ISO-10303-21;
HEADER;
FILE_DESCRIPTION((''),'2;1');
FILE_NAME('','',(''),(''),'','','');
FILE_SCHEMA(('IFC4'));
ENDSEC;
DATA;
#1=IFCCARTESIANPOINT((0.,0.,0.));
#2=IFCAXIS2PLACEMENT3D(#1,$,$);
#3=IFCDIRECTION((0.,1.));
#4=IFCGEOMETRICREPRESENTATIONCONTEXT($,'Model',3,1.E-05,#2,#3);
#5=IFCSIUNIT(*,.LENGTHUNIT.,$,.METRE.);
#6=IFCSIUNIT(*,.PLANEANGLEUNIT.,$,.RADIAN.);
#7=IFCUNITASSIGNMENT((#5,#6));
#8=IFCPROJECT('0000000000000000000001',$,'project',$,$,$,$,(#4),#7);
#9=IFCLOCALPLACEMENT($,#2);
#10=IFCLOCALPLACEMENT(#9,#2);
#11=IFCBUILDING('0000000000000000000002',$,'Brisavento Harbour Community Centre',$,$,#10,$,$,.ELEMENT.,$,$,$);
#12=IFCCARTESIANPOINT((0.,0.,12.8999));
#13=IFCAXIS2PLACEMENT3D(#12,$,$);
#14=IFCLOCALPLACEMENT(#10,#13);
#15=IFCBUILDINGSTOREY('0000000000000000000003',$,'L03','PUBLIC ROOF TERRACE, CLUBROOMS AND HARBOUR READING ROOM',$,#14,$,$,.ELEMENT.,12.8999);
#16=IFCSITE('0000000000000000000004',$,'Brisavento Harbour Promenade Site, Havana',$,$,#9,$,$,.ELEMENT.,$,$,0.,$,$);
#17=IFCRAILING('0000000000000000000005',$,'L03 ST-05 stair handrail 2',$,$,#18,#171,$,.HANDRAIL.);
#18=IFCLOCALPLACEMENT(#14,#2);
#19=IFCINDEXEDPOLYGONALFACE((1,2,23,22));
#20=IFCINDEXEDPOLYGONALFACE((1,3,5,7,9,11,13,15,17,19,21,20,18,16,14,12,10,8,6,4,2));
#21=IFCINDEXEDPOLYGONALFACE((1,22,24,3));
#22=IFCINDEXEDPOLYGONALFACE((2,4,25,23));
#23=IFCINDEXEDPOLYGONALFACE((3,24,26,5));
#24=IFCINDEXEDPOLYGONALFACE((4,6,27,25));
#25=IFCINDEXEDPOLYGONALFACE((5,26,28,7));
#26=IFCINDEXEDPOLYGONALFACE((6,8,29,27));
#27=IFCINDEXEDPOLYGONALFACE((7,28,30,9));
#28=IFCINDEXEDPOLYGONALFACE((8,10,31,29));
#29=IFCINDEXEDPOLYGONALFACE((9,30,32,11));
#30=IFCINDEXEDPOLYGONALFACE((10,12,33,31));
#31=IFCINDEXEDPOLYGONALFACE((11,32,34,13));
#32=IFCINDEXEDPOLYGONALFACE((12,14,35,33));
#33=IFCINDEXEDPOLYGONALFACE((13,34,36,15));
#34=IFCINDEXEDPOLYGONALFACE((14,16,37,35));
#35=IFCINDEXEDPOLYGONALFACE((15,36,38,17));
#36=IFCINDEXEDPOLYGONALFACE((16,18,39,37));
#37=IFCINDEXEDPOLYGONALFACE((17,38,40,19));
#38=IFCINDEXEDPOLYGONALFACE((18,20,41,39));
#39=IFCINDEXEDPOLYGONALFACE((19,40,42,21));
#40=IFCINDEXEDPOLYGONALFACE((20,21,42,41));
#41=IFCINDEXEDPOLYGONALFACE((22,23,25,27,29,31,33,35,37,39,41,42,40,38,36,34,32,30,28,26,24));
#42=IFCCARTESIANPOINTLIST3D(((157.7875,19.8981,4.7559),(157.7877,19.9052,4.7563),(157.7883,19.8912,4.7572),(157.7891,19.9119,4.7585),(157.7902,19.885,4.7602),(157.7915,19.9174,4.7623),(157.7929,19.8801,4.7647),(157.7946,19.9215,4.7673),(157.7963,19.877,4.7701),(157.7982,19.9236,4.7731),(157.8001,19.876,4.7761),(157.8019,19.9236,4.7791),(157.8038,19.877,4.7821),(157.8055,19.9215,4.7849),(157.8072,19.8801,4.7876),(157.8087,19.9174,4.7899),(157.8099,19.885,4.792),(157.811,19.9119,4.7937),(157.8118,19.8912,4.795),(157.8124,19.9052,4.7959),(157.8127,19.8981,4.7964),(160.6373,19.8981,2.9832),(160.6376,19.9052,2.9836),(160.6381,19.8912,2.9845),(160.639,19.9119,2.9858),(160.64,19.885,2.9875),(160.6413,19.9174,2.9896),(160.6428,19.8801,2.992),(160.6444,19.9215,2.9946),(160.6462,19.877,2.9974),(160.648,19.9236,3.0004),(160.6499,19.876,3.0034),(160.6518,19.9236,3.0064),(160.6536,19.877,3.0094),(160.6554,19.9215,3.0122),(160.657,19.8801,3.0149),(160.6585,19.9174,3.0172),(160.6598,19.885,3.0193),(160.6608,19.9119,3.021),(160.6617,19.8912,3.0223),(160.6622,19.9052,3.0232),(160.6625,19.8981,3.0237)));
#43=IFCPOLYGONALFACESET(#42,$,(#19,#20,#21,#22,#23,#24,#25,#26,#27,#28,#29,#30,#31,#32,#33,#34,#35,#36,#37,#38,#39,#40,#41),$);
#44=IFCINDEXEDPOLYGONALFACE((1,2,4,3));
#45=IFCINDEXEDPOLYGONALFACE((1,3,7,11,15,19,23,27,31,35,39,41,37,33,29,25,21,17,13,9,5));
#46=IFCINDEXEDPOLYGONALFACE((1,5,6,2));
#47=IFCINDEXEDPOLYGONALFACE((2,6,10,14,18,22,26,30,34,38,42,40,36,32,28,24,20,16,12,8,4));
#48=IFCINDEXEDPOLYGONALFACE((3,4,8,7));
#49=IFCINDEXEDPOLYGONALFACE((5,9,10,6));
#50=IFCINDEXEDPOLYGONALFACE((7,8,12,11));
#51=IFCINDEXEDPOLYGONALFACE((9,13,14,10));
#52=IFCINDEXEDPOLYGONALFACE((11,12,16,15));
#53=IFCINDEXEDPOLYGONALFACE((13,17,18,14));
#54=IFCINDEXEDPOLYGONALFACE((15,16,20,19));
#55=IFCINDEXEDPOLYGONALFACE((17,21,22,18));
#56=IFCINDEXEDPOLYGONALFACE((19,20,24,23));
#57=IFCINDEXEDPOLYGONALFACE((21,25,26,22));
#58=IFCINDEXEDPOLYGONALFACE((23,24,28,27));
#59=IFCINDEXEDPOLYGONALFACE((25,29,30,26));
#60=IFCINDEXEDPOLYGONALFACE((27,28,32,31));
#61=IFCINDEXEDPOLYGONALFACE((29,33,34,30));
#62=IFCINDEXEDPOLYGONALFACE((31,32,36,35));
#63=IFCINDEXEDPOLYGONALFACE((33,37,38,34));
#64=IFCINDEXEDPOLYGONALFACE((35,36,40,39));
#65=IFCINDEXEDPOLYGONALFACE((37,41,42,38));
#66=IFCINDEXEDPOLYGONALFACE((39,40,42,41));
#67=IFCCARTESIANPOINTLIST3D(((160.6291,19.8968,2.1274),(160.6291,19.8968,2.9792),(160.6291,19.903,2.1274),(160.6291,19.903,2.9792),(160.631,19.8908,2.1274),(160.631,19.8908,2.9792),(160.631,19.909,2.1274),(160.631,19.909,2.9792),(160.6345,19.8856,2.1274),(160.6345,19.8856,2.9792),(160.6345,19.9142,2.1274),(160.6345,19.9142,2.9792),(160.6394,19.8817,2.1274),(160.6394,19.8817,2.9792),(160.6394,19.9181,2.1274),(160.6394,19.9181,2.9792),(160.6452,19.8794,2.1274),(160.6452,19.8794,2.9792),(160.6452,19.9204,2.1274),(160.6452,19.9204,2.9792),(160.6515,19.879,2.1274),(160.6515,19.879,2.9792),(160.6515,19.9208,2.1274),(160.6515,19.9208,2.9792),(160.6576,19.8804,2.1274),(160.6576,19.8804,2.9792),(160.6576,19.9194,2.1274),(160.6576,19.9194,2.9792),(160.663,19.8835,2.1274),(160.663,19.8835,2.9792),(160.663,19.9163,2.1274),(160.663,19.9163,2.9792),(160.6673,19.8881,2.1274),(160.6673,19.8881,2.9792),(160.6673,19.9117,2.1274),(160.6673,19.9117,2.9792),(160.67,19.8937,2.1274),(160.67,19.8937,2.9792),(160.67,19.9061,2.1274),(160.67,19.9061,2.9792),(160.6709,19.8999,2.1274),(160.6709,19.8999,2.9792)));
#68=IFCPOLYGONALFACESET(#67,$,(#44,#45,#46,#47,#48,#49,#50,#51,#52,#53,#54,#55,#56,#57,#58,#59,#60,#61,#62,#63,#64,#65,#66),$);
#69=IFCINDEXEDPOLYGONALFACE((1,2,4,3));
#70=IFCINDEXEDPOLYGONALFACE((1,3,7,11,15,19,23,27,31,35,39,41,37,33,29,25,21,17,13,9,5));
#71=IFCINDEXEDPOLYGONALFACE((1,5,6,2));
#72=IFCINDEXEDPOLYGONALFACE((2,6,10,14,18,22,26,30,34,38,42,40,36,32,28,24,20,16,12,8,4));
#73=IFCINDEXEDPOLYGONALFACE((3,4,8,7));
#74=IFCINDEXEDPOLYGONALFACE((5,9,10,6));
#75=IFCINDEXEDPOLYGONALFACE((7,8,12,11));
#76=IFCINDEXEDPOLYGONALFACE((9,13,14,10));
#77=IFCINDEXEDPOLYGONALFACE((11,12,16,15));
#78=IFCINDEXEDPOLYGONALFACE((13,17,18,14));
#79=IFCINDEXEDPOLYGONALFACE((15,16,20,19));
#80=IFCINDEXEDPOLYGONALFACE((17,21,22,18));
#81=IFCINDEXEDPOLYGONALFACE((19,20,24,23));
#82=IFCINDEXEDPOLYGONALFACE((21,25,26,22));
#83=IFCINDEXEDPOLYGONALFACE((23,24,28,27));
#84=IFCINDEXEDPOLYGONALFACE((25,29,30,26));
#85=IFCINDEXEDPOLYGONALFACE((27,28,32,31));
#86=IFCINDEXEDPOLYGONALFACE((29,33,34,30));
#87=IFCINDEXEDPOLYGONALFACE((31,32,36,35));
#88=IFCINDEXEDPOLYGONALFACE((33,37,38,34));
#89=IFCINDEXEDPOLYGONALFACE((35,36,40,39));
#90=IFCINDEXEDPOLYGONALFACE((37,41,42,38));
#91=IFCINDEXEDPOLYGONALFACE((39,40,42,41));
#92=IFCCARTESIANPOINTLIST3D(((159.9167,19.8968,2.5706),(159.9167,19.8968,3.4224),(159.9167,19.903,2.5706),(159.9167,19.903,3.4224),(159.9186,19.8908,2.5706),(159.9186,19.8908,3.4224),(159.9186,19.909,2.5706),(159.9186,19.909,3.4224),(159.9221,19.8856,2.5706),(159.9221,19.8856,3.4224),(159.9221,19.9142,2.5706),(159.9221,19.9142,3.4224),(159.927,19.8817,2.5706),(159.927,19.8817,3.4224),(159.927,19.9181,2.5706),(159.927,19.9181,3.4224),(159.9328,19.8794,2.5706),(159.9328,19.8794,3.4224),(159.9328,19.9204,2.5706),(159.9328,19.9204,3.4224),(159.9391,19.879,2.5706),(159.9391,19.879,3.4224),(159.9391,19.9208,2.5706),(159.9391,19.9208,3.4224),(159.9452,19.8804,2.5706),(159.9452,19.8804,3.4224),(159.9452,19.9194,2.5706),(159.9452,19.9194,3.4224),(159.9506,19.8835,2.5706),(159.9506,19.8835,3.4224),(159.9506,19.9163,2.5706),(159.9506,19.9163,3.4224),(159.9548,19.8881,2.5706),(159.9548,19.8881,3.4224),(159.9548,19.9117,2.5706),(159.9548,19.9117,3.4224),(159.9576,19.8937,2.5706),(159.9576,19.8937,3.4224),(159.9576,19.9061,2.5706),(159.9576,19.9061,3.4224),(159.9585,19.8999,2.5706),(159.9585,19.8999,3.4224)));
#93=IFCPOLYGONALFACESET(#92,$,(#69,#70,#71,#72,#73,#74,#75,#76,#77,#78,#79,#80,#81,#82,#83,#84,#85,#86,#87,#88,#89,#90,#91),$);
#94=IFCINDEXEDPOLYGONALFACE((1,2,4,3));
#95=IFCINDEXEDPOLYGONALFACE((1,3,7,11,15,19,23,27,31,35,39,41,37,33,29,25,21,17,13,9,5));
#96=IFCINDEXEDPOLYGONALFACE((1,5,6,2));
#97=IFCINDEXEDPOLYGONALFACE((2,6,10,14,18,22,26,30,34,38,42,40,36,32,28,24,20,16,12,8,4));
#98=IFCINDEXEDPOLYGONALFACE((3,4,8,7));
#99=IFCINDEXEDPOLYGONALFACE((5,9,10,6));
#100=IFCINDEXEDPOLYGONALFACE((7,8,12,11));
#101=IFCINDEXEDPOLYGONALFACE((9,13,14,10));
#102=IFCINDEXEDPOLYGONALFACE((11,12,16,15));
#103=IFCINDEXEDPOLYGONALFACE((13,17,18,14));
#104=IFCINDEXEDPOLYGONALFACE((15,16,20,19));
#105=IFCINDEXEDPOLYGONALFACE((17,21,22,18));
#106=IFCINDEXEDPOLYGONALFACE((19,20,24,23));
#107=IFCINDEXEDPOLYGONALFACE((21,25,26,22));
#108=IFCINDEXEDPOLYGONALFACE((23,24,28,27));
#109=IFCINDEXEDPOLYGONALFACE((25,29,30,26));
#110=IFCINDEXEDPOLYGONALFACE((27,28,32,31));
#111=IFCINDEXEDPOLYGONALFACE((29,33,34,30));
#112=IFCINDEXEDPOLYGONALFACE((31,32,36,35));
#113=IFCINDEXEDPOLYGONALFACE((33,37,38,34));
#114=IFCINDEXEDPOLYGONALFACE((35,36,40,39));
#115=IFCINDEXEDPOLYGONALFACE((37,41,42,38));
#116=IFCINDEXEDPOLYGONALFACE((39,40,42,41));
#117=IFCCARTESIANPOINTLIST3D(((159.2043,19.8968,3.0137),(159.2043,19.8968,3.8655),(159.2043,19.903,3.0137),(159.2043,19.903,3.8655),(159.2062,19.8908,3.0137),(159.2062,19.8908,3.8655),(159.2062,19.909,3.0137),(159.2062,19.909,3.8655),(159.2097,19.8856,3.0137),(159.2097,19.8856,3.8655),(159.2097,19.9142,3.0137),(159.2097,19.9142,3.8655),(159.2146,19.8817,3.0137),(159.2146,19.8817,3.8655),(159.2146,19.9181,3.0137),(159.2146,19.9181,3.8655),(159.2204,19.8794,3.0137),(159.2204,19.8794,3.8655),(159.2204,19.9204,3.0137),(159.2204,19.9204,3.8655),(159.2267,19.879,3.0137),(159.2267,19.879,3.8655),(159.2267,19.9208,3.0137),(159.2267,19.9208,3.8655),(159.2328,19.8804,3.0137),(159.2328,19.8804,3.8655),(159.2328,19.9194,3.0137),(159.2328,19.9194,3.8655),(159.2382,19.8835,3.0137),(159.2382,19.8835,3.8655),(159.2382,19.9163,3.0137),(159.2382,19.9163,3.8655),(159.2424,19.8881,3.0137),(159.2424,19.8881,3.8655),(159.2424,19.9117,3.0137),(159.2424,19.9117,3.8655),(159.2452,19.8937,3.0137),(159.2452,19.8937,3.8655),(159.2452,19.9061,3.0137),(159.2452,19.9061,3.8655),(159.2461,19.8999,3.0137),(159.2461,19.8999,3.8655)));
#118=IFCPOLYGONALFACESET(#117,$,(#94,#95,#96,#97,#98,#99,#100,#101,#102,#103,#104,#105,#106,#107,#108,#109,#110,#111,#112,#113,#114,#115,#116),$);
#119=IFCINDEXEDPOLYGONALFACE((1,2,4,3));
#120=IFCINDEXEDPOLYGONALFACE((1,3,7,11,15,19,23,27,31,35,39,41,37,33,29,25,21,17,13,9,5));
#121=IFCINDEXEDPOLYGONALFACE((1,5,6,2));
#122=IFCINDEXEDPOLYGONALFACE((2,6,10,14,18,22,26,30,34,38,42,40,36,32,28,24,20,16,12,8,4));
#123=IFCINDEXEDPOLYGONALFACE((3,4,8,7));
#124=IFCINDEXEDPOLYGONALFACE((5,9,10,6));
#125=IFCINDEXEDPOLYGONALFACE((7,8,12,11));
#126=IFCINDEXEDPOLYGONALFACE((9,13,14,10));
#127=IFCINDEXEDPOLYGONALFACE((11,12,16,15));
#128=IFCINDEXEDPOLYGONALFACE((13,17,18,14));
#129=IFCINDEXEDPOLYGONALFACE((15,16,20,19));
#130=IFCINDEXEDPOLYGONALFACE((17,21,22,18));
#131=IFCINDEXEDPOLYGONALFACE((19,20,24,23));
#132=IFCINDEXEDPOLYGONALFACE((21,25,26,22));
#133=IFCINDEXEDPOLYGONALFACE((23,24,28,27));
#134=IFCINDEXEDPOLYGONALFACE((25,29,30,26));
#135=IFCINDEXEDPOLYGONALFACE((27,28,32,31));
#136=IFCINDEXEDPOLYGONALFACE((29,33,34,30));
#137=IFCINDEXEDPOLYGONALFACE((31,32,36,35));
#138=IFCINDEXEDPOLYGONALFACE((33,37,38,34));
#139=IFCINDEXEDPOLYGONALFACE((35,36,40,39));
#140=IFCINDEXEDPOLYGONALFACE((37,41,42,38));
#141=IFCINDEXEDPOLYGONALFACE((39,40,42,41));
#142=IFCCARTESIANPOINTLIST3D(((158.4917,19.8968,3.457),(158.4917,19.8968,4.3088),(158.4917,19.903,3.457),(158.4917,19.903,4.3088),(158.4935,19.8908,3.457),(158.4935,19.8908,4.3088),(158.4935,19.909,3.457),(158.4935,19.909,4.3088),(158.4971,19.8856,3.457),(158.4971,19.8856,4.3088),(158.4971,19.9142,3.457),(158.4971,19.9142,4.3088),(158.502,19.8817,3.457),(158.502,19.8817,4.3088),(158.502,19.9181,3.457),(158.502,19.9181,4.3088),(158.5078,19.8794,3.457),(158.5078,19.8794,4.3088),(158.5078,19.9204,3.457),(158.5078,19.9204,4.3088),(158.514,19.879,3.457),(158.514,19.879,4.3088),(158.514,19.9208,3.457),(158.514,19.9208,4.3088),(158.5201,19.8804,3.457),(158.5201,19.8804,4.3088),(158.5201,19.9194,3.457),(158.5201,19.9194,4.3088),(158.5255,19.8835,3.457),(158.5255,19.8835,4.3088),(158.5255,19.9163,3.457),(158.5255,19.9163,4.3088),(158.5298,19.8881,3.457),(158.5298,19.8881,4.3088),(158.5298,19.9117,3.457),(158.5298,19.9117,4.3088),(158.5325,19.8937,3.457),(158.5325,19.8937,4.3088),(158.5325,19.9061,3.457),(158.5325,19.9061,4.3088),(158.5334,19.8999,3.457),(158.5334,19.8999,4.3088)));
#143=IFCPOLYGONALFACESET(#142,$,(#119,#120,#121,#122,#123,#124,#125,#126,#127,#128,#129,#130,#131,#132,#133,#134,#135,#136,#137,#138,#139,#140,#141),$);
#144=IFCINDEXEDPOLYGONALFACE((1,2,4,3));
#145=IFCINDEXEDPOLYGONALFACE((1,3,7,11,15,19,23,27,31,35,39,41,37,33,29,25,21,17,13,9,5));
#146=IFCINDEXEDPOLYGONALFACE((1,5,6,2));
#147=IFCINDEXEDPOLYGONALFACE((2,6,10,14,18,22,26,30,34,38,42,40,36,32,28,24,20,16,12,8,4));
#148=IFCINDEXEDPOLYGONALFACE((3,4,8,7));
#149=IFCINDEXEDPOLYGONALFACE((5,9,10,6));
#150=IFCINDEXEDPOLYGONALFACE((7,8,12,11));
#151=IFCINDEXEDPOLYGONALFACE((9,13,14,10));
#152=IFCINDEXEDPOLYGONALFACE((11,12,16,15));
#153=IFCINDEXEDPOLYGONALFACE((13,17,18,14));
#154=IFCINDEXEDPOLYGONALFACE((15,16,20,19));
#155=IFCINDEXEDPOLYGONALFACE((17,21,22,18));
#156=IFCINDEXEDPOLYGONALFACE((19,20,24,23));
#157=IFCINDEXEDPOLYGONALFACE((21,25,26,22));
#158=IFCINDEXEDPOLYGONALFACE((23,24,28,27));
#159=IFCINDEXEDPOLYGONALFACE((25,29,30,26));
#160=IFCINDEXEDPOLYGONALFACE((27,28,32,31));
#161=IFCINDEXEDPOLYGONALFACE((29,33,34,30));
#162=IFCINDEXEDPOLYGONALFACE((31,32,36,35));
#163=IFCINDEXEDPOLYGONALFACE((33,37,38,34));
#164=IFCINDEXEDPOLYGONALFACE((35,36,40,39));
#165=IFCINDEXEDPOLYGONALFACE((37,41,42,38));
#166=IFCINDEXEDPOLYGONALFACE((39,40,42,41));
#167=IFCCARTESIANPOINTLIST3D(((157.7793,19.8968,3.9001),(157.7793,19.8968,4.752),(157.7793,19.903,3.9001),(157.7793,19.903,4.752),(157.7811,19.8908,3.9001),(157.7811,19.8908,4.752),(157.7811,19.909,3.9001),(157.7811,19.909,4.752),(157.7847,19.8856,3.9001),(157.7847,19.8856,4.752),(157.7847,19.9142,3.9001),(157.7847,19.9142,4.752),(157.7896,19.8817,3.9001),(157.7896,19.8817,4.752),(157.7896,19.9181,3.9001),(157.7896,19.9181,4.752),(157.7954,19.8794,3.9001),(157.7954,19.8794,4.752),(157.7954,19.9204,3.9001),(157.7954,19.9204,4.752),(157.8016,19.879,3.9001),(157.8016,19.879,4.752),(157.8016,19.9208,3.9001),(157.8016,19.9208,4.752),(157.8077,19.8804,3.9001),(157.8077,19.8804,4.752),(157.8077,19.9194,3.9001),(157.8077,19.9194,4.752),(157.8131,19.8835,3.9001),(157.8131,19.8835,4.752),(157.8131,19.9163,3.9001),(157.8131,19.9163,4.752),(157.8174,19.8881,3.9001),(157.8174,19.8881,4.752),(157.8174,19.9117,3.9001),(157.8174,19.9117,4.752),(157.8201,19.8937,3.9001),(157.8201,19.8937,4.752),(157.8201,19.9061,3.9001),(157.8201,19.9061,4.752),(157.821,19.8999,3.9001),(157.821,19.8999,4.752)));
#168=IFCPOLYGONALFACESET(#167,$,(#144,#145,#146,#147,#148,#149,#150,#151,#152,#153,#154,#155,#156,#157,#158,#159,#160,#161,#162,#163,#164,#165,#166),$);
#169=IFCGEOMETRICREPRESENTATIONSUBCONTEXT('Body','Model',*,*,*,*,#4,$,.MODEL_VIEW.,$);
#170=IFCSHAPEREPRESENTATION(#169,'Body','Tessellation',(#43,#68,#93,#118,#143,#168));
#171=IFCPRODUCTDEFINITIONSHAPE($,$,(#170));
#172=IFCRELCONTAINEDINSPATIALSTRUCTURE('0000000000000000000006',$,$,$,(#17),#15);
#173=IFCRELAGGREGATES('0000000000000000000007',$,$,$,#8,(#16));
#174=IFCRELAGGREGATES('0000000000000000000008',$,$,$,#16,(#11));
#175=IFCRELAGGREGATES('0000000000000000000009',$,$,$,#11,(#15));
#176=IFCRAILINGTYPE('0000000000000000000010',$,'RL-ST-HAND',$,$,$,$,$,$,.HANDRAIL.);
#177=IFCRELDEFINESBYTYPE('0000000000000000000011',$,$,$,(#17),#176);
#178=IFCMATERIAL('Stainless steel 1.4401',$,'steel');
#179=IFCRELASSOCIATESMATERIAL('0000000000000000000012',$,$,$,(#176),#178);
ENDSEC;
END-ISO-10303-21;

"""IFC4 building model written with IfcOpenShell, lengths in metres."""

from ifc_helpers import new_model, si_unit, direction, frame, origin, origin_2d, place, context, subcontext, project, spatial, circle, extrude, material, type_object, element, save


model = new_model("IFC4")

# Units and contexts
model_context = context("Model", 3, precision=1e-05, world=origin(), true_north=direction((0.0, 1.0)))
body_context = subcontext(model_context, "Body", "Model", "MODEL_VIEW")
ifc_project = project(units=[si_unit("LENGTHUNIT", "METRE"), si_unit("PLANEANGLEUNIT", "RADIAN")], contexts=[model_context])

# Site, building, storey
site_placement = place(None, origin())
site = spatial("IfcSite", under=ifc_project, at=site_placement, Name="Brisavento Harbour Promenade Site, Havana", CompositionType="ELEMENT", RefElevation=0.0)
building_placement = place(site_placement, origin())
building = spatial("IfcBuilding", under=site, at=building_placement, Name="Brisavento Harbour Community Centre", CompositionType="ELEMENT")
storey_placement = place(building_placement, frame((0.0, 0.0, 12.8999)))
storey = spatial("IfcBuildingStorey", under=building, at=storey_placement, Name="L03", Description="PUBLIC ROOF TERRACE, CLUBROOMS AND HARBOUR READING ROOM", CompositionType="ELEMENT", Elevation=12.8999)

# Railing
ifc_material_1 = material(Name="Stainless steel 1.4401", Category="steel")
railing_type_1 = type_object("IfcRailingType", Name="RL-ST-HAND", PredefinedType="HANDRAIL", material=ifc_material_1)
railing_1_placement = place(storey_placement, frame((160.6499, 19.8999, 2.1274)))
element("IfcRailing", 1, at=railing_1_placement, inside=storey, type_object=railing_type_1, Name="L03 ST-05 stair handrail 2", PredefinedType="HANDRAIL", context=body_context, shape_type="SweptSolid", body=[
    extrude(circle(Radius=0.0239, at=origin_2d()), frame((0.0, 0.0, 0.876), z_axis=(-0.849128, 0.0, 0.528187), x_axis=(0.0, -1.0, 0.0)), (0.0, 0.0, 1.0), 3.3562),
    extrude(circle(Radius=0.021, at=origin_2d()), origin(), (0.0, 0.0, 1.0), 0.8518),
    extrude(circle(Radius=0.021, at=origin_2d()), frame((-0.7124, 0.0, 0.4431)), (0.0, 0.0, 1.0), 0.8518),
    extrude(circle(Radius=0.021, at=origin_2d()), frame((-1.4248, 0.0, 0.8862)), (0.0, 0.0, 1.0), 0.8518),
    extrude(circle(Radius=0.021, at=origin_2d()), frame((-2.1375, 0.0, 1.3296)), (0.0, 0.0, 1.0), 0.8518),
    extrude(circle(Radius=0.021, at=origin_2d()), frame((-2.8499, 0.0, 1.7727)), (0.0, 0.0, 1.0), 0.8518),
])

save(model, "model.ifc")
